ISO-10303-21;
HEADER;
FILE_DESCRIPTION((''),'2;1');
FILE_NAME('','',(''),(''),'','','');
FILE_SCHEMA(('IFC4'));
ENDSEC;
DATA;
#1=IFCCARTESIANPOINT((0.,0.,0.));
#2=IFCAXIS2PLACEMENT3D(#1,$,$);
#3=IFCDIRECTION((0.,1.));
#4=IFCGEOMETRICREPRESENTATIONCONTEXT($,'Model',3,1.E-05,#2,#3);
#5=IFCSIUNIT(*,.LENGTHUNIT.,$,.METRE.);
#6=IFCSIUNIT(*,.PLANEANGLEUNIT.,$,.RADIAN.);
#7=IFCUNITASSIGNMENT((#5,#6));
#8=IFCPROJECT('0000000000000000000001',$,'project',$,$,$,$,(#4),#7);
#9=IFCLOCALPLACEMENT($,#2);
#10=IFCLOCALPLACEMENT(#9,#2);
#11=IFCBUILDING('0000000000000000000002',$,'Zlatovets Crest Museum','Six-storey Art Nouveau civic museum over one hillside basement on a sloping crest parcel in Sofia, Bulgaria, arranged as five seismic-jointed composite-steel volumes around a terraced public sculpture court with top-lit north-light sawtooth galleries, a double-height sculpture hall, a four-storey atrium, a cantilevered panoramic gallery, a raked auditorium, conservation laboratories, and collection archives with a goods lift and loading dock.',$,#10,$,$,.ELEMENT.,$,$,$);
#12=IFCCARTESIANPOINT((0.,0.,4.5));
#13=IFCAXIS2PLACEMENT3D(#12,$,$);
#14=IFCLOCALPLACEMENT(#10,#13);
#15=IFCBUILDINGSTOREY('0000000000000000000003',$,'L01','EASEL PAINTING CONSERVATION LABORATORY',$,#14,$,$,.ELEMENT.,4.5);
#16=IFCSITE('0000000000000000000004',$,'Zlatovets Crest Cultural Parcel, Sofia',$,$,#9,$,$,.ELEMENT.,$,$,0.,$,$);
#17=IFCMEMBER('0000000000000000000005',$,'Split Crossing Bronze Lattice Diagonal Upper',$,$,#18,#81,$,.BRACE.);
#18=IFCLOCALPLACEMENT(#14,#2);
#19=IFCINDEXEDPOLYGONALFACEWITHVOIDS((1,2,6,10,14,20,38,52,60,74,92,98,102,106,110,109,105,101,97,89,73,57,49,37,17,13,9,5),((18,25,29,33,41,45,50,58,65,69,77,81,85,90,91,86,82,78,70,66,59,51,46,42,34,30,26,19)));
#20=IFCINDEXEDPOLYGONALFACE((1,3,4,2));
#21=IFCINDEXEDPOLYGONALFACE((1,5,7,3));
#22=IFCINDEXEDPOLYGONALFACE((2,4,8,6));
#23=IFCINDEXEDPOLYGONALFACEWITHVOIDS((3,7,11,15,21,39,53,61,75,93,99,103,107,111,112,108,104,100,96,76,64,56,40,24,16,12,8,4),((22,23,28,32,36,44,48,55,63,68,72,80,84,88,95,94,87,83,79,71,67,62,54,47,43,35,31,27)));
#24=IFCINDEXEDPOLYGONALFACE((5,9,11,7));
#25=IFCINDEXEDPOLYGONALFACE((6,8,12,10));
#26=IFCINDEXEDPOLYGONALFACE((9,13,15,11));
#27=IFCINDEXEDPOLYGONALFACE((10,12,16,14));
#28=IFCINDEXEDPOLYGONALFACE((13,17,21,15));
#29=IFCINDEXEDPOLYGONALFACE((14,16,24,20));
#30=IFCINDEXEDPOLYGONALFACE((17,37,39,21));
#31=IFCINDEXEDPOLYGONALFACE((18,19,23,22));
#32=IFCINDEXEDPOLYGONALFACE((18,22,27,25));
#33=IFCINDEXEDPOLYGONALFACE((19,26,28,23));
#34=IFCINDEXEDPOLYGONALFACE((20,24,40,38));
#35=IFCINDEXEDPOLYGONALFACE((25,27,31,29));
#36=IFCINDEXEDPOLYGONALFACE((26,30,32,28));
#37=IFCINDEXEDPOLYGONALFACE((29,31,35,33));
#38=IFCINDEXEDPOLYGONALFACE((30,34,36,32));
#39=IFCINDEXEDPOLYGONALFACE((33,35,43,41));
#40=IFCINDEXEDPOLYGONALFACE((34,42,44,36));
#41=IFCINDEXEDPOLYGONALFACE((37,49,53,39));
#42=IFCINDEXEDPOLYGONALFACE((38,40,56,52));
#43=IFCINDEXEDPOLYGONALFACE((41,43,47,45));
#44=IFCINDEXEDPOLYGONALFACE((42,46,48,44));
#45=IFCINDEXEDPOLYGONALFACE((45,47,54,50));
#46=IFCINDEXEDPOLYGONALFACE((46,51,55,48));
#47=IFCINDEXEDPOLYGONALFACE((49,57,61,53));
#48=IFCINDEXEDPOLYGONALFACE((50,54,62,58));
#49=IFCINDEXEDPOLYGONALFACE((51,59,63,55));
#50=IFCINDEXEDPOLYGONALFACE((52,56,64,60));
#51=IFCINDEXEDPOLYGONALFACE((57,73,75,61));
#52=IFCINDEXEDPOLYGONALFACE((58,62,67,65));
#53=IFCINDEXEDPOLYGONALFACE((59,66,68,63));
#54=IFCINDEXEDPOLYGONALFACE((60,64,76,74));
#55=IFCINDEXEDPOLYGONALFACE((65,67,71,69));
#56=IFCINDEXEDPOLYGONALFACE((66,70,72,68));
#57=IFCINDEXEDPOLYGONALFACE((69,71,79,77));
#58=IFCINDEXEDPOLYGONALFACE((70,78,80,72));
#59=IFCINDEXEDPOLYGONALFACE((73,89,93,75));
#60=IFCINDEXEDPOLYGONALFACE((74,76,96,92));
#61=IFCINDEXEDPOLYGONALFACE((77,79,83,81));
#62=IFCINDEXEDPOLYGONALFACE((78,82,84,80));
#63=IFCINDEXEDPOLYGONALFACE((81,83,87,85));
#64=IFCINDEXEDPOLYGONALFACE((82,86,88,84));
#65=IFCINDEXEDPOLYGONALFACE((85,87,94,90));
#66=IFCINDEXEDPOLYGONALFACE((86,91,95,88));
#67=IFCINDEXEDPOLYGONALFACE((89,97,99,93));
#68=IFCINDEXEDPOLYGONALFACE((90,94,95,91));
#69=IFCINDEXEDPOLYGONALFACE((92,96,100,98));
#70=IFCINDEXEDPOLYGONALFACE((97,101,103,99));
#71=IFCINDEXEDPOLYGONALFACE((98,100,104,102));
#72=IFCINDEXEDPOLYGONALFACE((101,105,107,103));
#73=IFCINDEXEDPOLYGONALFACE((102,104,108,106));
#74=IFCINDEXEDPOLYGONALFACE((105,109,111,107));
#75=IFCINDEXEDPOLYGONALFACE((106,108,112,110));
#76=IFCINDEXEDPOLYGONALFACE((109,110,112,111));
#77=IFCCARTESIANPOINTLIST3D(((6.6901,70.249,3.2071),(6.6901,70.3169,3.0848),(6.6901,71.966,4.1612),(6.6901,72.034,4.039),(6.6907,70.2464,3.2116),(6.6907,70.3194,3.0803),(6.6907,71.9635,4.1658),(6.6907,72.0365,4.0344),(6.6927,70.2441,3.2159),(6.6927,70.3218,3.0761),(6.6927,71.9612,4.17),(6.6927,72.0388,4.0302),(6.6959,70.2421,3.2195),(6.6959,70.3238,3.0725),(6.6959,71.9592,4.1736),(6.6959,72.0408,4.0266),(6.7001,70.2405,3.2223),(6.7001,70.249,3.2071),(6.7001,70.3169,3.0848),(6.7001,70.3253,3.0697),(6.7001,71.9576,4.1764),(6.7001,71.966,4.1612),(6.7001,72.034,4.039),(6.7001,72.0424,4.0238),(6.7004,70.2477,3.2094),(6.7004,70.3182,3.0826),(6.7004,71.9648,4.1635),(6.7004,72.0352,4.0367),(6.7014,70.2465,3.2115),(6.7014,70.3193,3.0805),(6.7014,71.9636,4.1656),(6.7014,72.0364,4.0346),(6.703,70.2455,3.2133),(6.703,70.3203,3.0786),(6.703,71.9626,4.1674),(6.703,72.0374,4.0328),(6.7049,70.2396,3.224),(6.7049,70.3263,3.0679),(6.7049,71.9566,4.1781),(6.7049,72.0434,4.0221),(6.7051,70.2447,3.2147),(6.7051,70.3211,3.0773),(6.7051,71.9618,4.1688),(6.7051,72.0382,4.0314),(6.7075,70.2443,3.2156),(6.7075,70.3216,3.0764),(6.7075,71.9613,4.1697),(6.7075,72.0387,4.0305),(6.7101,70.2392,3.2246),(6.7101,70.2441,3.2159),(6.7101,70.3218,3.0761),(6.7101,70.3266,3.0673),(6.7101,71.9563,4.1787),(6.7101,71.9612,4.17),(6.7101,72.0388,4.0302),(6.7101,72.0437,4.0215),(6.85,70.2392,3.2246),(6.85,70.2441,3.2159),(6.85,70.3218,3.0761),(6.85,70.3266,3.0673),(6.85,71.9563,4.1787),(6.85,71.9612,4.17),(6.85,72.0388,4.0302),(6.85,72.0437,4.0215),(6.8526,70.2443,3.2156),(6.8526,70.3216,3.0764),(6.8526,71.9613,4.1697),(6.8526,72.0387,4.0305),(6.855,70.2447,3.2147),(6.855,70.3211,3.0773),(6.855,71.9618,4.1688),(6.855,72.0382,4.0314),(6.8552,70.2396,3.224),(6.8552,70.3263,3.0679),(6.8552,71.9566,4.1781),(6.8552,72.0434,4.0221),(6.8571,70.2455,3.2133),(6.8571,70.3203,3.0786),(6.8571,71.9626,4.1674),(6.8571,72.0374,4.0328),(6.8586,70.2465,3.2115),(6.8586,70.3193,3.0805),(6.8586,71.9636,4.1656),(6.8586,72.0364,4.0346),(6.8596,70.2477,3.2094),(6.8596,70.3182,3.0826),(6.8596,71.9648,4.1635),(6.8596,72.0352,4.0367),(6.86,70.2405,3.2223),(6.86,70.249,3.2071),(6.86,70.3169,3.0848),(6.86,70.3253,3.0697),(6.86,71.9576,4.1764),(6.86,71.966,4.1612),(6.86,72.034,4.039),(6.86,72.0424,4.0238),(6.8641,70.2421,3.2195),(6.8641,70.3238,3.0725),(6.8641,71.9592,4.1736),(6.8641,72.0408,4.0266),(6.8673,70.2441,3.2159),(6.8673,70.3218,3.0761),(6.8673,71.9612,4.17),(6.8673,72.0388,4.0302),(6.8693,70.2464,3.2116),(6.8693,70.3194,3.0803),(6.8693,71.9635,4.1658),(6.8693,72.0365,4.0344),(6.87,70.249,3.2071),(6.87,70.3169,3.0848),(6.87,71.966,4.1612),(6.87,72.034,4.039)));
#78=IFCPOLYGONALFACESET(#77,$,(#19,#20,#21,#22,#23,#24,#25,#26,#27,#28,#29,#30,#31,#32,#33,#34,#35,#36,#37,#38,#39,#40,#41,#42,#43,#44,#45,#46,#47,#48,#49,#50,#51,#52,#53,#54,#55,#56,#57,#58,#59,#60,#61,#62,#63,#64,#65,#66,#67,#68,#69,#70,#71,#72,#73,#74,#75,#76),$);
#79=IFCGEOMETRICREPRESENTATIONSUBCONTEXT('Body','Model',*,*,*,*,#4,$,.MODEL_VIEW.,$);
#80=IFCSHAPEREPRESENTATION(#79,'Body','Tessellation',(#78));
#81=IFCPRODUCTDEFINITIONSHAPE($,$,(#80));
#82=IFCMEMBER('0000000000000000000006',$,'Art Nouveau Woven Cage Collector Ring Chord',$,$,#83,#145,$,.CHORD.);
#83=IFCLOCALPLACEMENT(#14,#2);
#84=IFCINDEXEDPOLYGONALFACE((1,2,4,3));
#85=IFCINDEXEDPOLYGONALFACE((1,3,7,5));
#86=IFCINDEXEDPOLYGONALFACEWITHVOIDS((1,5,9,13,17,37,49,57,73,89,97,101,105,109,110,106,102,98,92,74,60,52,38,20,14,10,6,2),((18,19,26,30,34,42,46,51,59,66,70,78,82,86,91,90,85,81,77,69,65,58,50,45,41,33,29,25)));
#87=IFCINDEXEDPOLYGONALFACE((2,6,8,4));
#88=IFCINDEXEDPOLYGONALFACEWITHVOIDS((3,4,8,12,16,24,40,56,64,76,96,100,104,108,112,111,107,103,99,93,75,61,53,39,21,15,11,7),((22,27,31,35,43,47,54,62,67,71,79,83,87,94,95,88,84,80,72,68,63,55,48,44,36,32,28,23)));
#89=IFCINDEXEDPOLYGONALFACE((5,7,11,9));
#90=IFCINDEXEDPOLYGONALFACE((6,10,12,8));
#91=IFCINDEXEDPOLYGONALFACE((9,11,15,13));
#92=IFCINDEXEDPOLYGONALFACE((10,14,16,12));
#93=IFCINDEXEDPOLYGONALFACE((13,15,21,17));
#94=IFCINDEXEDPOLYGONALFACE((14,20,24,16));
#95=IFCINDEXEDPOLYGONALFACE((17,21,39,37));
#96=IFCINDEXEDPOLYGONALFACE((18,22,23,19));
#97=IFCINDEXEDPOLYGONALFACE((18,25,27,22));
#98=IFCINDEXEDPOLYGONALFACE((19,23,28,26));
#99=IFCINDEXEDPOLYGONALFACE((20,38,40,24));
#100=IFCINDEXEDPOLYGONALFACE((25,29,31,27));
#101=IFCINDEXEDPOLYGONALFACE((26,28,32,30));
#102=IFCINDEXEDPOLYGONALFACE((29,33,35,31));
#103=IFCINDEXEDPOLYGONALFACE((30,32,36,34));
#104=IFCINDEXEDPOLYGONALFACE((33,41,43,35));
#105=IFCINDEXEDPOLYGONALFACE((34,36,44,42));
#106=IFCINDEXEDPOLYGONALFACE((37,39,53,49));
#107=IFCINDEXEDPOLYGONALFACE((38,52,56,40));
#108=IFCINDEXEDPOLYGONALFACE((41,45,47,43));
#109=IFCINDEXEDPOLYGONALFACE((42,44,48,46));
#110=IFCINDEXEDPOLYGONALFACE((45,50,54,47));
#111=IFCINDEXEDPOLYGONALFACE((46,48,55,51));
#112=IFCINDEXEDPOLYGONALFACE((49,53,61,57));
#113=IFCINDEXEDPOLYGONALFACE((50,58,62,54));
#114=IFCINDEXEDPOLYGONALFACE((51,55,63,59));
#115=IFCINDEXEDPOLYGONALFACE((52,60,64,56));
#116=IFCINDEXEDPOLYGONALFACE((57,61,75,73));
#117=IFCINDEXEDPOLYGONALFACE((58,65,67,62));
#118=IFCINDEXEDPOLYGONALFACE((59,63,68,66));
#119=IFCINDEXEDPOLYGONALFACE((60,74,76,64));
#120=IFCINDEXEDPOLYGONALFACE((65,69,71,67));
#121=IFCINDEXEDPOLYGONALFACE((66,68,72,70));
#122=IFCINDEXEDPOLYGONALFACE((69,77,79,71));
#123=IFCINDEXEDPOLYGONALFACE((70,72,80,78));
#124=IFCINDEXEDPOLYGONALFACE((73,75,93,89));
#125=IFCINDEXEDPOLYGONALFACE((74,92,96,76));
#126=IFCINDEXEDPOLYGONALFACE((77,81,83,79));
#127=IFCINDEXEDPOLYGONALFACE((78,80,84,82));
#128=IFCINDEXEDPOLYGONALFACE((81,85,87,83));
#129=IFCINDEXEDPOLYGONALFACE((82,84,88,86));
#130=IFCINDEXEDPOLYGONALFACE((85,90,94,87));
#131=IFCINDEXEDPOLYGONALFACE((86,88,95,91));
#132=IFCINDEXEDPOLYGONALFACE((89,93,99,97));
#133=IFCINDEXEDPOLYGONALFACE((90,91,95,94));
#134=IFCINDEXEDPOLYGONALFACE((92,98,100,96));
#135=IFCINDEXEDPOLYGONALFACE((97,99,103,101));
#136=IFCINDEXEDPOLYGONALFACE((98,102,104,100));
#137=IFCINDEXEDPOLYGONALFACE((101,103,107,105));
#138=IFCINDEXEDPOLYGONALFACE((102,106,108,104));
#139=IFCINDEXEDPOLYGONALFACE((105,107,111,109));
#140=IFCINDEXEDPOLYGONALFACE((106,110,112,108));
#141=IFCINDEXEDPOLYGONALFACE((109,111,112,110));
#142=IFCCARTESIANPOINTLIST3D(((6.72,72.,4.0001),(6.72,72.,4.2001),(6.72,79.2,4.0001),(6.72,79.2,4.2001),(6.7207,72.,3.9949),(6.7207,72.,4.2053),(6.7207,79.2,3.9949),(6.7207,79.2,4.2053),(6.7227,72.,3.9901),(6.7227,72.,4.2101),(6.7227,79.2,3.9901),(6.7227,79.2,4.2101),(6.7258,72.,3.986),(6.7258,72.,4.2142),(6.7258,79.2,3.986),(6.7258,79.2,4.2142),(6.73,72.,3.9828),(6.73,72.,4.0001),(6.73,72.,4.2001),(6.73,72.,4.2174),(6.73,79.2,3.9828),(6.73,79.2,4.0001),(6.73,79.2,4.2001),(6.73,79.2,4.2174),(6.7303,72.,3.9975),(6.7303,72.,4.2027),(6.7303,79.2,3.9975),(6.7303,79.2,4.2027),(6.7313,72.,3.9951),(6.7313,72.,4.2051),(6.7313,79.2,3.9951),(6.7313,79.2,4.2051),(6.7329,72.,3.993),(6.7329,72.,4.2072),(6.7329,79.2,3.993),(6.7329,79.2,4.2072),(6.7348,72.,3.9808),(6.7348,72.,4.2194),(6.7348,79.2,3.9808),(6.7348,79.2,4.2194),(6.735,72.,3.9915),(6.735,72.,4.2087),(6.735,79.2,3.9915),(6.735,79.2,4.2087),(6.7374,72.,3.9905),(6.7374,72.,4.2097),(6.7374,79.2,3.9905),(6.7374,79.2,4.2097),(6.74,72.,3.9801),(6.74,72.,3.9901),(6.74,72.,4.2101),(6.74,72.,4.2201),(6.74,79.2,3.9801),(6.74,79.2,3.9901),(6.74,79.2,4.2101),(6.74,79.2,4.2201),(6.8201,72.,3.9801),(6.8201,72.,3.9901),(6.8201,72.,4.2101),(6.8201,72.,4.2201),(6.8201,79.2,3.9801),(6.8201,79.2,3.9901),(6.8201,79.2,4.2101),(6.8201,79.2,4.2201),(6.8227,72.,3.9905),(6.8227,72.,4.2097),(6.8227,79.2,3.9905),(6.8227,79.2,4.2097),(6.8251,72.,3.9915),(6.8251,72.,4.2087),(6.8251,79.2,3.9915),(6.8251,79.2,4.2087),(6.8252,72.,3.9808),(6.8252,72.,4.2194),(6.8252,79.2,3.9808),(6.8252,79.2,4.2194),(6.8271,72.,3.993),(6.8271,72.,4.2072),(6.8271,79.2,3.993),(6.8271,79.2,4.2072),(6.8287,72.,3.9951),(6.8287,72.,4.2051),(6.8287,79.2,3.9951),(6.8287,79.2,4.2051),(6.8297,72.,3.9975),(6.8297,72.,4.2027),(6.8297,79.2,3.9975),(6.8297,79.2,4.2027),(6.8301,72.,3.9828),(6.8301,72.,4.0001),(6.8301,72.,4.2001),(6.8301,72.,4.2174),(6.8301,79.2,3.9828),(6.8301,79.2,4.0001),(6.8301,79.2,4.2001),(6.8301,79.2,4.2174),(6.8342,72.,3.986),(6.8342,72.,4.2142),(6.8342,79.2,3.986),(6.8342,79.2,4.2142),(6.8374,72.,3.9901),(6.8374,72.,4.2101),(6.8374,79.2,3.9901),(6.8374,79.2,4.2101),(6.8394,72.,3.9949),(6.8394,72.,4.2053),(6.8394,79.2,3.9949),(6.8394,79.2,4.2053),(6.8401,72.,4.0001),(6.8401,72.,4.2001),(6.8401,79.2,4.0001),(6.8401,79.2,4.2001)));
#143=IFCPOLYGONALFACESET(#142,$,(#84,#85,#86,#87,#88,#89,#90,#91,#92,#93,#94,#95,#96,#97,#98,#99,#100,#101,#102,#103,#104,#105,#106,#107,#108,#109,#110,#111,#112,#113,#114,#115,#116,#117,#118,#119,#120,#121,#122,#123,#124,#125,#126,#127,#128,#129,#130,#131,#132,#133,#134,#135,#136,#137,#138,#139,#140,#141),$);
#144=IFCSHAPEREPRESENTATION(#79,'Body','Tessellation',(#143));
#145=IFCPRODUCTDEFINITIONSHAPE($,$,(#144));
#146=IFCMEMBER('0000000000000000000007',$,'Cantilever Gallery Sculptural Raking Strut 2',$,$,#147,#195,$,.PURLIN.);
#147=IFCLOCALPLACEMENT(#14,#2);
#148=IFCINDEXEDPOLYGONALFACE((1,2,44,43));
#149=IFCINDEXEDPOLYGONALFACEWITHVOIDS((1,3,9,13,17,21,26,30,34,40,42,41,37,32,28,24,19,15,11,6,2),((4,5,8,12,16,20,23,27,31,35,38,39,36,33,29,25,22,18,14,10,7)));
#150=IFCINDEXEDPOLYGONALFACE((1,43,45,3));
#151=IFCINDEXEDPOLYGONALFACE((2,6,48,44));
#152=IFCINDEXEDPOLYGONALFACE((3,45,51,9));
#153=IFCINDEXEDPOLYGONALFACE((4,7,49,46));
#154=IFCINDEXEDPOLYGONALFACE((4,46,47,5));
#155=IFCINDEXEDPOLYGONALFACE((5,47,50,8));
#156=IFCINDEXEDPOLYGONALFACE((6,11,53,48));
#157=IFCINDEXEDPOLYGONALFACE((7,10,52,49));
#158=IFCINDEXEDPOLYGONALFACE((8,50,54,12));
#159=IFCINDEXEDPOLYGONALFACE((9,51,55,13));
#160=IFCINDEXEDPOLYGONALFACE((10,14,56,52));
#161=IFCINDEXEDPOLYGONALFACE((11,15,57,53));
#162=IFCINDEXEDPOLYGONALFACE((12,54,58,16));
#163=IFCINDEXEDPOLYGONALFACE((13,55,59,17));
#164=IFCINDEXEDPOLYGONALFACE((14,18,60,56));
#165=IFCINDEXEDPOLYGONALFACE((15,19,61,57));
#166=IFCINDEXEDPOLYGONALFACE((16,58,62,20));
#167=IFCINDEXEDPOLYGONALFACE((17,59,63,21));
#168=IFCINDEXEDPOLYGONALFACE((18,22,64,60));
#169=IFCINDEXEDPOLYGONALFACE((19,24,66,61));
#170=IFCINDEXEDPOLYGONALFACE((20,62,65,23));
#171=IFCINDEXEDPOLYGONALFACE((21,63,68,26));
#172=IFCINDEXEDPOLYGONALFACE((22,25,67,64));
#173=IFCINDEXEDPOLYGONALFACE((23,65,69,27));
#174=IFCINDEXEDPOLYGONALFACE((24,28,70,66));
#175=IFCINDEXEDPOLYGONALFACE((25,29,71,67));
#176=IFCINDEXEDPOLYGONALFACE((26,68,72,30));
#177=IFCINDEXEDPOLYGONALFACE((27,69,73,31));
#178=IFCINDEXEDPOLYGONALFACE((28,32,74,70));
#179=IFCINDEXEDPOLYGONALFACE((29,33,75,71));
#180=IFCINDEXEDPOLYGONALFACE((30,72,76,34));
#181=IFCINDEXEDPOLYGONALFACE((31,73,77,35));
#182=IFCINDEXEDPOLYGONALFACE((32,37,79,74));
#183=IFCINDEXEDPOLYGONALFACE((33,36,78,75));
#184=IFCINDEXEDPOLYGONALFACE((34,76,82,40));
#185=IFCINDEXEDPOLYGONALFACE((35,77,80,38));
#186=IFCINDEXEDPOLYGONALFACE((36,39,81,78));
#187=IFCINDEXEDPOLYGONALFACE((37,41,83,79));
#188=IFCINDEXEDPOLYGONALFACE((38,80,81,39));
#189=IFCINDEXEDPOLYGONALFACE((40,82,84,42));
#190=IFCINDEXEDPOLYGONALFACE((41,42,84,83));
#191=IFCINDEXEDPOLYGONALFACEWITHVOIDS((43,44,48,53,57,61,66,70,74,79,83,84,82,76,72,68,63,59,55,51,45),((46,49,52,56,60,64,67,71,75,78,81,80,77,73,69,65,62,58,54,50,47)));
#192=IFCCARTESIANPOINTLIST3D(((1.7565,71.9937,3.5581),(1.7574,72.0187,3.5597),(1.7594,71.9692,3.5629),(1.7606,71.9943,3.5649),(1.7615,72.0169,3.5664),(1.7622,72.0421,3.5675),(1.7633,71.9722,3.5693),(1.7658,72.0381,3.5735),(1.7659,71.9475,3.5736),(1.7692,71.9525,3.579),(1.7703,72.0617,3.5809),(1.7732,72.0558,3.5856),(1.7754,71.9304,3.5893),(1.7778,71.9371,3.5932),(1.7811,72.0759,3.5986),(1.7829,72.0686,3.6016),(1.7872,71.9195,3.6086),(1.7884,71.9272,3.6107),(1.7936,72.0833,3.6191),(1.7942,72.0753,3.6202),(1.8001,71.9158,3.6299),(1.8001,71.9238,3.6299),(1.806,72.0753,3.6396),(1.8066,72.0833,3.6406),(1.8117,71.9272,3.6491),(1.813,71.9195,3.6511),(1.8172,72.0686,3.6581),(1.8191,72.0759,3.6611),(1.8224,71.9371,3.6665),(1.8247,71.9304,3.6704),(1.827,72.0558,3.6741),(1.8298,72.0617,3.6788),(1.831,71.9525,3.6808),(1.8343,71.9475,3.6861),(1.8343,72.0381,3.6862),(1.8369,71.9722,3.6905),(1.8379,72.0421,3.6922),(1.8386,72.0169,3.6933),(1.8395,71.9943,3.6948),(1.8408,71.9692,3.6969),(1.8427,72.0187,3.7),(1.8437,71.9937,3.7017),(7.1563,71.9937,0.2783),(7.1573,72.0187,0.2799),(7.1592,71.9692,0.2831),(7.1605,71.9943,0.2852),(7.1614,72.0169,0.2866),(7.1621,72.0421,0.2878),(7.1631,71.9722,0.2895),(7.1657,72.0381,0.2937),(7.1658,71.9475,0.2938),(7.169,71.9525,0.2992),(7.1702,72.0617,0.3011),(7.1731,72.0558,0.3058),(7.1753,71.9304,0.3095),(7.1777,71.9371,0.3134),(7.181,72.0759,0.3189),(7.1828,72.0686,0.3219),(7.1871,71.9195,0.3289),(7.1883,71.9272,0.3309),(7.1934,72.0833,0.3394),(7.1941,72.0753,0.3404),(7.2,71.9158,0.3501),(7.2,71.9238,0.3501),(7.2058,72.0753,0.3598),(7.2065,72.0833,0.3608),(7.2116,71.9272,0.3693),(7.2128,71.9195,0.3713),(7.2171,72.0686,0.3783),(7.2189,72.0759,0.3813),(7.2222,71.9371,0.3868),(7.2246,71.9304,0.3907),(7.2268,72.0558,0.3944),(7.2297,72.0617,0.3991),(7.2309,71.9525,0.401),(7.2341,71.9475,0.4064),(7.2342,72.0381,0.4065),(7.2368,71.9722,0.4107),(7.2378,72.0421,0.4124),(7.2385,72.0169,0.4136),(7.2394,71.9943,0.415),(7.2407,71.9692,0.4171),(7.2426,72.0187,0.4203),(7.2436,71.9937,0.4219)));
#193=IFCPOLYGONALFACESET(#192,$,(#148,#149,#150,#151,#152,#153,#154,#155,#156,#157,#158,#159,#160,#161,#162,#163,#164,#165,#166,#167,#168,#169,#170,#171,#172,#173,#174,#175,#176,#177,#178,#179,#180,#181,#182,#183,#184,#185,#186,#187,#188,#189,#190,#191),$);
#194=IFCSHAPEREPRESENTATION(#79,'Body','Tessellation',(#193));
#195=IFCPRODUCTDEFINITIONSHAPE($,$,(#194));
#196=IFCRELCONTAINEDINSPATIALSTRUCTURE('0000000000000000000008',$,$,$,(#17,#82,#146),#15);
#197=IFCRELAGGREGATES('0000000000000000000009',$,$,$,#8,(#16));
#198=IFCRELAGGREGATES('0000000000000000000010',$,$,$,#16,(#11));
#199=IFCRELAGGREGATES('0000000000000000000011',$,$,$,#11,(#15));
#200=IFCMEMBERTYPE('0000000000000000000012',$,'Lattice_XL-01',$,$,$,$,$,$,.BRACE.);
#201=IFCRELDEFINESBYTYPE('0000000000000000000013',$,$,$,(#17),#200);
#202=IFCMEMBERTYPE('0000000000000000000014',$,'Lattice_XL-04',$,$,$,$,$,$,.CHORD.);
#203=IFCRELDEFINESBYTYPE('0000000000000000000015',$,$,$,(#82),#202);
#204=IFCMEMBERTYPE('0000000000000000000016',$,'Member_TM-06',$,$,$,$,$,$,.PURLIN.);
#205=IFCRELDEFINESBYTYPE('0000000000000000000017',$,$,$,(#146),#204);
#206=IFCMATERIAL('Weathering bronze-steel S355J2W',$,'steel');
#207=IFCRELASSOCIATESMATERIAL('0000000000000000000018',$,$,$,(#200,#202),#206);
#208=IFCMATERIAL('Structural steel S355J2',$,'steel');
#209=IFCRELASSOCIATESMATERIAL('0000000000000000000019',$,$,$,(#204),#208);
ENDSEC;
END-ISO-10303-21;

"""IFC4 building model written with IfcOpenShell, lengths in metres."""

from ifc_helpers import new_model, si_unit, direction, frame, origin, origin_2d, place, context, subcontext, project, spatial, hollow_rectangle, hollow_circle, extrude, material, material_profile, profile_set, type_object, element, save


model = new_model("IFC4")

# Units and contexts
model_context = context("Model", 3, precision=1e-05, world=origin(), true_north=direction((0.0, 1.0)))
body_context = subcontext(model_context, "Body", "Model", "MODEL_VIEW")
ifc_project = project(units=[si_unit("LENGTHUNIT", "METRE"), si_unit("PLANEANGLEUNIT", "RADIAN")], contexts=[model_context])

# Site, building, storey
site_placement = place(None, origin())
site = spatial("IfcSite", under=ifc_project, at=site_placement, Name="Zlatovets Crest Cultural Parcel, Sofia", CompositionType="ELEMENT", RefElevation=0.0)
building_placement = place(site_placement, origin())
building = spatial("IfcBuilding", under=site, at=building_placement, Name="Zlatovets Crest Museum", Description="Six-storey Art Nouveau civic museum over one hillside basement on a sloping crest parcel in Sofia, Bulgaria, arranged as five seismic-jointed composite-steel volumes around a terraced public sculpture court with top-lit north-light sawtooth galleries, a double-height sculpture hall, a four-storey atrium, a cantilevered panoramic gallery, a raked auditorium, conservation laboratories, and collection archives with a goods lift and loading dock.", CompositionType="ELEMENT")
storey_placement = place(building_placement, frame((0.0, 0.0, 4.5)))
storey = spatial("IfcBuildingStorey", under=building, at=storey_placement, Name="L01", Description="EASEL PAINTING CONSERVATION LABORATORY", CompositionType="ELEMENT", Elevation=4.5)

# Shared definitions
ifc_material_1 = material(Name="Structural steel S355J2", Category="steel")

# Members
ifc_material_2 = material(Name="Weathering bronze-steel S355J2W", Category="steel")
ifc_material_profile_1 = material_profile(ifc_material_2, hollow_rectangle(XDim=0.1799, YDim=0.1799, WallThickness=0.01, InnerFilletRadius=0.01, OuterFilletRadius=0.02, at=origin_2d()), Name="SHS 180x180x10.0")
ifc_profile_set_1 = profile_set([ifc_material_profile_1], Name="Weathering bronze-steel S355J2W")
member_type_1 = type_object("IfcMemberType", Name="Lattice_XL-01", PredefinedType="BRACE", material=ifc_profile_set_1)
member_1_placement = place(storey_placement, frame((6.78, 72.0, 4.1001), z_axis=(0.0, -0.874116, -0.485717), x_axis=(1.0, 0.0, 0.0)))
element("IfcMember", 1, at=member_1_placement, inside=storey, type_object=member_type_1, Name="Split Crossing Bronze Lattice Diagonal Upper", PredefinedType="BRACE", context=body_context, shape_type="SweptSolid", body=[
    extrude(hollow_rectangle(XDim=0.1799, YDim=0.1799, WallThickness=0.01, InnerFilletRadius=0.01, OuterFilletRadius=0.02, at=origin_2d()), origin(), (0.0, 0.0, 1.0), 1.9644),
])
ifc_material_profile_2 = material_profile(ifc_material_2, hollow_rectangle(XDim=0.1201, YDim=0.24, WallThickness=0.01, InnerFilletRadius=0.01, OuterFilletRadius=0.02, at=origin_2d()), Name="RHS 120x240x10.0")
ifc_profile_set_2 = profile_set([ifc_material_profile_2], Name="Weathering bronze-steel S355J2W")
member_type_2 = type_object("IfcMemberType", Name="Lattice_XL-04", PredefinedType="CHORD", material=ifc_profile_set_2)
member_2_placement = place(storey_placement, frame((6.78, 79.2, 4.1001), z_axis=(0.0, -1.0, 0.0), x_axis=(1.0, 0.0, 0.0)))
element("IfcMember", 2, at=member_2_placement, inside=storey, type_object=member_type_2, Name="Art Nouveau Woven Cage Collector Ring Chord", PredefinedType="CHORD", context=body_context, shape_type="SweptSolid", body=[
    extrude(hollow_rectangle(XDim=0.1201, YDim=0.24, WallThickness=0.01, InnerFilletRadius=0.01, OuterFilletRadius=0.02, at=origin_2d()), origin(), (0.0, 0.0, 1.0), 7.2),
])
ifc_material_profile_3 = material_profile(ifc_material_1, hollow_circle(Radius=0.0842, WallThickness=0.0081, at=origin_2d()), Name="CHS 168.3x8.0")
ifc_profile_set_3 = profile_set([ifc_material_profile_3], Name="Structural steel S355J2")
member_type_3 = type_object("IfcMemberType", Name="Member_TM-06", PredefinedType="PURLIN", material=ifc_profile_set_3)
member_3_placement = place(storey_placement, frame((7.2, 72.0, 0.3501), z_axis=(-0.854698, 0.0, 0.519125), x_axis=(0.0, -1.0, 0.0)))
element("IfcMember", 3, at=member_3_placement, inside=storey, type_object=member_type_3, Name="Cantilever Gallery Sculptural Raking Strut 2", PredefinedType="PURLIN", context=body_context, shape_type="SweptSolid", body=[
    extrude(hollow_circle(Radius=0.0842, WallThickness=0.0081, at=origin_2d()), origin(), (0.0, 0.0, 1.0), 6.3179),
])

save(model, "model.ifc")
